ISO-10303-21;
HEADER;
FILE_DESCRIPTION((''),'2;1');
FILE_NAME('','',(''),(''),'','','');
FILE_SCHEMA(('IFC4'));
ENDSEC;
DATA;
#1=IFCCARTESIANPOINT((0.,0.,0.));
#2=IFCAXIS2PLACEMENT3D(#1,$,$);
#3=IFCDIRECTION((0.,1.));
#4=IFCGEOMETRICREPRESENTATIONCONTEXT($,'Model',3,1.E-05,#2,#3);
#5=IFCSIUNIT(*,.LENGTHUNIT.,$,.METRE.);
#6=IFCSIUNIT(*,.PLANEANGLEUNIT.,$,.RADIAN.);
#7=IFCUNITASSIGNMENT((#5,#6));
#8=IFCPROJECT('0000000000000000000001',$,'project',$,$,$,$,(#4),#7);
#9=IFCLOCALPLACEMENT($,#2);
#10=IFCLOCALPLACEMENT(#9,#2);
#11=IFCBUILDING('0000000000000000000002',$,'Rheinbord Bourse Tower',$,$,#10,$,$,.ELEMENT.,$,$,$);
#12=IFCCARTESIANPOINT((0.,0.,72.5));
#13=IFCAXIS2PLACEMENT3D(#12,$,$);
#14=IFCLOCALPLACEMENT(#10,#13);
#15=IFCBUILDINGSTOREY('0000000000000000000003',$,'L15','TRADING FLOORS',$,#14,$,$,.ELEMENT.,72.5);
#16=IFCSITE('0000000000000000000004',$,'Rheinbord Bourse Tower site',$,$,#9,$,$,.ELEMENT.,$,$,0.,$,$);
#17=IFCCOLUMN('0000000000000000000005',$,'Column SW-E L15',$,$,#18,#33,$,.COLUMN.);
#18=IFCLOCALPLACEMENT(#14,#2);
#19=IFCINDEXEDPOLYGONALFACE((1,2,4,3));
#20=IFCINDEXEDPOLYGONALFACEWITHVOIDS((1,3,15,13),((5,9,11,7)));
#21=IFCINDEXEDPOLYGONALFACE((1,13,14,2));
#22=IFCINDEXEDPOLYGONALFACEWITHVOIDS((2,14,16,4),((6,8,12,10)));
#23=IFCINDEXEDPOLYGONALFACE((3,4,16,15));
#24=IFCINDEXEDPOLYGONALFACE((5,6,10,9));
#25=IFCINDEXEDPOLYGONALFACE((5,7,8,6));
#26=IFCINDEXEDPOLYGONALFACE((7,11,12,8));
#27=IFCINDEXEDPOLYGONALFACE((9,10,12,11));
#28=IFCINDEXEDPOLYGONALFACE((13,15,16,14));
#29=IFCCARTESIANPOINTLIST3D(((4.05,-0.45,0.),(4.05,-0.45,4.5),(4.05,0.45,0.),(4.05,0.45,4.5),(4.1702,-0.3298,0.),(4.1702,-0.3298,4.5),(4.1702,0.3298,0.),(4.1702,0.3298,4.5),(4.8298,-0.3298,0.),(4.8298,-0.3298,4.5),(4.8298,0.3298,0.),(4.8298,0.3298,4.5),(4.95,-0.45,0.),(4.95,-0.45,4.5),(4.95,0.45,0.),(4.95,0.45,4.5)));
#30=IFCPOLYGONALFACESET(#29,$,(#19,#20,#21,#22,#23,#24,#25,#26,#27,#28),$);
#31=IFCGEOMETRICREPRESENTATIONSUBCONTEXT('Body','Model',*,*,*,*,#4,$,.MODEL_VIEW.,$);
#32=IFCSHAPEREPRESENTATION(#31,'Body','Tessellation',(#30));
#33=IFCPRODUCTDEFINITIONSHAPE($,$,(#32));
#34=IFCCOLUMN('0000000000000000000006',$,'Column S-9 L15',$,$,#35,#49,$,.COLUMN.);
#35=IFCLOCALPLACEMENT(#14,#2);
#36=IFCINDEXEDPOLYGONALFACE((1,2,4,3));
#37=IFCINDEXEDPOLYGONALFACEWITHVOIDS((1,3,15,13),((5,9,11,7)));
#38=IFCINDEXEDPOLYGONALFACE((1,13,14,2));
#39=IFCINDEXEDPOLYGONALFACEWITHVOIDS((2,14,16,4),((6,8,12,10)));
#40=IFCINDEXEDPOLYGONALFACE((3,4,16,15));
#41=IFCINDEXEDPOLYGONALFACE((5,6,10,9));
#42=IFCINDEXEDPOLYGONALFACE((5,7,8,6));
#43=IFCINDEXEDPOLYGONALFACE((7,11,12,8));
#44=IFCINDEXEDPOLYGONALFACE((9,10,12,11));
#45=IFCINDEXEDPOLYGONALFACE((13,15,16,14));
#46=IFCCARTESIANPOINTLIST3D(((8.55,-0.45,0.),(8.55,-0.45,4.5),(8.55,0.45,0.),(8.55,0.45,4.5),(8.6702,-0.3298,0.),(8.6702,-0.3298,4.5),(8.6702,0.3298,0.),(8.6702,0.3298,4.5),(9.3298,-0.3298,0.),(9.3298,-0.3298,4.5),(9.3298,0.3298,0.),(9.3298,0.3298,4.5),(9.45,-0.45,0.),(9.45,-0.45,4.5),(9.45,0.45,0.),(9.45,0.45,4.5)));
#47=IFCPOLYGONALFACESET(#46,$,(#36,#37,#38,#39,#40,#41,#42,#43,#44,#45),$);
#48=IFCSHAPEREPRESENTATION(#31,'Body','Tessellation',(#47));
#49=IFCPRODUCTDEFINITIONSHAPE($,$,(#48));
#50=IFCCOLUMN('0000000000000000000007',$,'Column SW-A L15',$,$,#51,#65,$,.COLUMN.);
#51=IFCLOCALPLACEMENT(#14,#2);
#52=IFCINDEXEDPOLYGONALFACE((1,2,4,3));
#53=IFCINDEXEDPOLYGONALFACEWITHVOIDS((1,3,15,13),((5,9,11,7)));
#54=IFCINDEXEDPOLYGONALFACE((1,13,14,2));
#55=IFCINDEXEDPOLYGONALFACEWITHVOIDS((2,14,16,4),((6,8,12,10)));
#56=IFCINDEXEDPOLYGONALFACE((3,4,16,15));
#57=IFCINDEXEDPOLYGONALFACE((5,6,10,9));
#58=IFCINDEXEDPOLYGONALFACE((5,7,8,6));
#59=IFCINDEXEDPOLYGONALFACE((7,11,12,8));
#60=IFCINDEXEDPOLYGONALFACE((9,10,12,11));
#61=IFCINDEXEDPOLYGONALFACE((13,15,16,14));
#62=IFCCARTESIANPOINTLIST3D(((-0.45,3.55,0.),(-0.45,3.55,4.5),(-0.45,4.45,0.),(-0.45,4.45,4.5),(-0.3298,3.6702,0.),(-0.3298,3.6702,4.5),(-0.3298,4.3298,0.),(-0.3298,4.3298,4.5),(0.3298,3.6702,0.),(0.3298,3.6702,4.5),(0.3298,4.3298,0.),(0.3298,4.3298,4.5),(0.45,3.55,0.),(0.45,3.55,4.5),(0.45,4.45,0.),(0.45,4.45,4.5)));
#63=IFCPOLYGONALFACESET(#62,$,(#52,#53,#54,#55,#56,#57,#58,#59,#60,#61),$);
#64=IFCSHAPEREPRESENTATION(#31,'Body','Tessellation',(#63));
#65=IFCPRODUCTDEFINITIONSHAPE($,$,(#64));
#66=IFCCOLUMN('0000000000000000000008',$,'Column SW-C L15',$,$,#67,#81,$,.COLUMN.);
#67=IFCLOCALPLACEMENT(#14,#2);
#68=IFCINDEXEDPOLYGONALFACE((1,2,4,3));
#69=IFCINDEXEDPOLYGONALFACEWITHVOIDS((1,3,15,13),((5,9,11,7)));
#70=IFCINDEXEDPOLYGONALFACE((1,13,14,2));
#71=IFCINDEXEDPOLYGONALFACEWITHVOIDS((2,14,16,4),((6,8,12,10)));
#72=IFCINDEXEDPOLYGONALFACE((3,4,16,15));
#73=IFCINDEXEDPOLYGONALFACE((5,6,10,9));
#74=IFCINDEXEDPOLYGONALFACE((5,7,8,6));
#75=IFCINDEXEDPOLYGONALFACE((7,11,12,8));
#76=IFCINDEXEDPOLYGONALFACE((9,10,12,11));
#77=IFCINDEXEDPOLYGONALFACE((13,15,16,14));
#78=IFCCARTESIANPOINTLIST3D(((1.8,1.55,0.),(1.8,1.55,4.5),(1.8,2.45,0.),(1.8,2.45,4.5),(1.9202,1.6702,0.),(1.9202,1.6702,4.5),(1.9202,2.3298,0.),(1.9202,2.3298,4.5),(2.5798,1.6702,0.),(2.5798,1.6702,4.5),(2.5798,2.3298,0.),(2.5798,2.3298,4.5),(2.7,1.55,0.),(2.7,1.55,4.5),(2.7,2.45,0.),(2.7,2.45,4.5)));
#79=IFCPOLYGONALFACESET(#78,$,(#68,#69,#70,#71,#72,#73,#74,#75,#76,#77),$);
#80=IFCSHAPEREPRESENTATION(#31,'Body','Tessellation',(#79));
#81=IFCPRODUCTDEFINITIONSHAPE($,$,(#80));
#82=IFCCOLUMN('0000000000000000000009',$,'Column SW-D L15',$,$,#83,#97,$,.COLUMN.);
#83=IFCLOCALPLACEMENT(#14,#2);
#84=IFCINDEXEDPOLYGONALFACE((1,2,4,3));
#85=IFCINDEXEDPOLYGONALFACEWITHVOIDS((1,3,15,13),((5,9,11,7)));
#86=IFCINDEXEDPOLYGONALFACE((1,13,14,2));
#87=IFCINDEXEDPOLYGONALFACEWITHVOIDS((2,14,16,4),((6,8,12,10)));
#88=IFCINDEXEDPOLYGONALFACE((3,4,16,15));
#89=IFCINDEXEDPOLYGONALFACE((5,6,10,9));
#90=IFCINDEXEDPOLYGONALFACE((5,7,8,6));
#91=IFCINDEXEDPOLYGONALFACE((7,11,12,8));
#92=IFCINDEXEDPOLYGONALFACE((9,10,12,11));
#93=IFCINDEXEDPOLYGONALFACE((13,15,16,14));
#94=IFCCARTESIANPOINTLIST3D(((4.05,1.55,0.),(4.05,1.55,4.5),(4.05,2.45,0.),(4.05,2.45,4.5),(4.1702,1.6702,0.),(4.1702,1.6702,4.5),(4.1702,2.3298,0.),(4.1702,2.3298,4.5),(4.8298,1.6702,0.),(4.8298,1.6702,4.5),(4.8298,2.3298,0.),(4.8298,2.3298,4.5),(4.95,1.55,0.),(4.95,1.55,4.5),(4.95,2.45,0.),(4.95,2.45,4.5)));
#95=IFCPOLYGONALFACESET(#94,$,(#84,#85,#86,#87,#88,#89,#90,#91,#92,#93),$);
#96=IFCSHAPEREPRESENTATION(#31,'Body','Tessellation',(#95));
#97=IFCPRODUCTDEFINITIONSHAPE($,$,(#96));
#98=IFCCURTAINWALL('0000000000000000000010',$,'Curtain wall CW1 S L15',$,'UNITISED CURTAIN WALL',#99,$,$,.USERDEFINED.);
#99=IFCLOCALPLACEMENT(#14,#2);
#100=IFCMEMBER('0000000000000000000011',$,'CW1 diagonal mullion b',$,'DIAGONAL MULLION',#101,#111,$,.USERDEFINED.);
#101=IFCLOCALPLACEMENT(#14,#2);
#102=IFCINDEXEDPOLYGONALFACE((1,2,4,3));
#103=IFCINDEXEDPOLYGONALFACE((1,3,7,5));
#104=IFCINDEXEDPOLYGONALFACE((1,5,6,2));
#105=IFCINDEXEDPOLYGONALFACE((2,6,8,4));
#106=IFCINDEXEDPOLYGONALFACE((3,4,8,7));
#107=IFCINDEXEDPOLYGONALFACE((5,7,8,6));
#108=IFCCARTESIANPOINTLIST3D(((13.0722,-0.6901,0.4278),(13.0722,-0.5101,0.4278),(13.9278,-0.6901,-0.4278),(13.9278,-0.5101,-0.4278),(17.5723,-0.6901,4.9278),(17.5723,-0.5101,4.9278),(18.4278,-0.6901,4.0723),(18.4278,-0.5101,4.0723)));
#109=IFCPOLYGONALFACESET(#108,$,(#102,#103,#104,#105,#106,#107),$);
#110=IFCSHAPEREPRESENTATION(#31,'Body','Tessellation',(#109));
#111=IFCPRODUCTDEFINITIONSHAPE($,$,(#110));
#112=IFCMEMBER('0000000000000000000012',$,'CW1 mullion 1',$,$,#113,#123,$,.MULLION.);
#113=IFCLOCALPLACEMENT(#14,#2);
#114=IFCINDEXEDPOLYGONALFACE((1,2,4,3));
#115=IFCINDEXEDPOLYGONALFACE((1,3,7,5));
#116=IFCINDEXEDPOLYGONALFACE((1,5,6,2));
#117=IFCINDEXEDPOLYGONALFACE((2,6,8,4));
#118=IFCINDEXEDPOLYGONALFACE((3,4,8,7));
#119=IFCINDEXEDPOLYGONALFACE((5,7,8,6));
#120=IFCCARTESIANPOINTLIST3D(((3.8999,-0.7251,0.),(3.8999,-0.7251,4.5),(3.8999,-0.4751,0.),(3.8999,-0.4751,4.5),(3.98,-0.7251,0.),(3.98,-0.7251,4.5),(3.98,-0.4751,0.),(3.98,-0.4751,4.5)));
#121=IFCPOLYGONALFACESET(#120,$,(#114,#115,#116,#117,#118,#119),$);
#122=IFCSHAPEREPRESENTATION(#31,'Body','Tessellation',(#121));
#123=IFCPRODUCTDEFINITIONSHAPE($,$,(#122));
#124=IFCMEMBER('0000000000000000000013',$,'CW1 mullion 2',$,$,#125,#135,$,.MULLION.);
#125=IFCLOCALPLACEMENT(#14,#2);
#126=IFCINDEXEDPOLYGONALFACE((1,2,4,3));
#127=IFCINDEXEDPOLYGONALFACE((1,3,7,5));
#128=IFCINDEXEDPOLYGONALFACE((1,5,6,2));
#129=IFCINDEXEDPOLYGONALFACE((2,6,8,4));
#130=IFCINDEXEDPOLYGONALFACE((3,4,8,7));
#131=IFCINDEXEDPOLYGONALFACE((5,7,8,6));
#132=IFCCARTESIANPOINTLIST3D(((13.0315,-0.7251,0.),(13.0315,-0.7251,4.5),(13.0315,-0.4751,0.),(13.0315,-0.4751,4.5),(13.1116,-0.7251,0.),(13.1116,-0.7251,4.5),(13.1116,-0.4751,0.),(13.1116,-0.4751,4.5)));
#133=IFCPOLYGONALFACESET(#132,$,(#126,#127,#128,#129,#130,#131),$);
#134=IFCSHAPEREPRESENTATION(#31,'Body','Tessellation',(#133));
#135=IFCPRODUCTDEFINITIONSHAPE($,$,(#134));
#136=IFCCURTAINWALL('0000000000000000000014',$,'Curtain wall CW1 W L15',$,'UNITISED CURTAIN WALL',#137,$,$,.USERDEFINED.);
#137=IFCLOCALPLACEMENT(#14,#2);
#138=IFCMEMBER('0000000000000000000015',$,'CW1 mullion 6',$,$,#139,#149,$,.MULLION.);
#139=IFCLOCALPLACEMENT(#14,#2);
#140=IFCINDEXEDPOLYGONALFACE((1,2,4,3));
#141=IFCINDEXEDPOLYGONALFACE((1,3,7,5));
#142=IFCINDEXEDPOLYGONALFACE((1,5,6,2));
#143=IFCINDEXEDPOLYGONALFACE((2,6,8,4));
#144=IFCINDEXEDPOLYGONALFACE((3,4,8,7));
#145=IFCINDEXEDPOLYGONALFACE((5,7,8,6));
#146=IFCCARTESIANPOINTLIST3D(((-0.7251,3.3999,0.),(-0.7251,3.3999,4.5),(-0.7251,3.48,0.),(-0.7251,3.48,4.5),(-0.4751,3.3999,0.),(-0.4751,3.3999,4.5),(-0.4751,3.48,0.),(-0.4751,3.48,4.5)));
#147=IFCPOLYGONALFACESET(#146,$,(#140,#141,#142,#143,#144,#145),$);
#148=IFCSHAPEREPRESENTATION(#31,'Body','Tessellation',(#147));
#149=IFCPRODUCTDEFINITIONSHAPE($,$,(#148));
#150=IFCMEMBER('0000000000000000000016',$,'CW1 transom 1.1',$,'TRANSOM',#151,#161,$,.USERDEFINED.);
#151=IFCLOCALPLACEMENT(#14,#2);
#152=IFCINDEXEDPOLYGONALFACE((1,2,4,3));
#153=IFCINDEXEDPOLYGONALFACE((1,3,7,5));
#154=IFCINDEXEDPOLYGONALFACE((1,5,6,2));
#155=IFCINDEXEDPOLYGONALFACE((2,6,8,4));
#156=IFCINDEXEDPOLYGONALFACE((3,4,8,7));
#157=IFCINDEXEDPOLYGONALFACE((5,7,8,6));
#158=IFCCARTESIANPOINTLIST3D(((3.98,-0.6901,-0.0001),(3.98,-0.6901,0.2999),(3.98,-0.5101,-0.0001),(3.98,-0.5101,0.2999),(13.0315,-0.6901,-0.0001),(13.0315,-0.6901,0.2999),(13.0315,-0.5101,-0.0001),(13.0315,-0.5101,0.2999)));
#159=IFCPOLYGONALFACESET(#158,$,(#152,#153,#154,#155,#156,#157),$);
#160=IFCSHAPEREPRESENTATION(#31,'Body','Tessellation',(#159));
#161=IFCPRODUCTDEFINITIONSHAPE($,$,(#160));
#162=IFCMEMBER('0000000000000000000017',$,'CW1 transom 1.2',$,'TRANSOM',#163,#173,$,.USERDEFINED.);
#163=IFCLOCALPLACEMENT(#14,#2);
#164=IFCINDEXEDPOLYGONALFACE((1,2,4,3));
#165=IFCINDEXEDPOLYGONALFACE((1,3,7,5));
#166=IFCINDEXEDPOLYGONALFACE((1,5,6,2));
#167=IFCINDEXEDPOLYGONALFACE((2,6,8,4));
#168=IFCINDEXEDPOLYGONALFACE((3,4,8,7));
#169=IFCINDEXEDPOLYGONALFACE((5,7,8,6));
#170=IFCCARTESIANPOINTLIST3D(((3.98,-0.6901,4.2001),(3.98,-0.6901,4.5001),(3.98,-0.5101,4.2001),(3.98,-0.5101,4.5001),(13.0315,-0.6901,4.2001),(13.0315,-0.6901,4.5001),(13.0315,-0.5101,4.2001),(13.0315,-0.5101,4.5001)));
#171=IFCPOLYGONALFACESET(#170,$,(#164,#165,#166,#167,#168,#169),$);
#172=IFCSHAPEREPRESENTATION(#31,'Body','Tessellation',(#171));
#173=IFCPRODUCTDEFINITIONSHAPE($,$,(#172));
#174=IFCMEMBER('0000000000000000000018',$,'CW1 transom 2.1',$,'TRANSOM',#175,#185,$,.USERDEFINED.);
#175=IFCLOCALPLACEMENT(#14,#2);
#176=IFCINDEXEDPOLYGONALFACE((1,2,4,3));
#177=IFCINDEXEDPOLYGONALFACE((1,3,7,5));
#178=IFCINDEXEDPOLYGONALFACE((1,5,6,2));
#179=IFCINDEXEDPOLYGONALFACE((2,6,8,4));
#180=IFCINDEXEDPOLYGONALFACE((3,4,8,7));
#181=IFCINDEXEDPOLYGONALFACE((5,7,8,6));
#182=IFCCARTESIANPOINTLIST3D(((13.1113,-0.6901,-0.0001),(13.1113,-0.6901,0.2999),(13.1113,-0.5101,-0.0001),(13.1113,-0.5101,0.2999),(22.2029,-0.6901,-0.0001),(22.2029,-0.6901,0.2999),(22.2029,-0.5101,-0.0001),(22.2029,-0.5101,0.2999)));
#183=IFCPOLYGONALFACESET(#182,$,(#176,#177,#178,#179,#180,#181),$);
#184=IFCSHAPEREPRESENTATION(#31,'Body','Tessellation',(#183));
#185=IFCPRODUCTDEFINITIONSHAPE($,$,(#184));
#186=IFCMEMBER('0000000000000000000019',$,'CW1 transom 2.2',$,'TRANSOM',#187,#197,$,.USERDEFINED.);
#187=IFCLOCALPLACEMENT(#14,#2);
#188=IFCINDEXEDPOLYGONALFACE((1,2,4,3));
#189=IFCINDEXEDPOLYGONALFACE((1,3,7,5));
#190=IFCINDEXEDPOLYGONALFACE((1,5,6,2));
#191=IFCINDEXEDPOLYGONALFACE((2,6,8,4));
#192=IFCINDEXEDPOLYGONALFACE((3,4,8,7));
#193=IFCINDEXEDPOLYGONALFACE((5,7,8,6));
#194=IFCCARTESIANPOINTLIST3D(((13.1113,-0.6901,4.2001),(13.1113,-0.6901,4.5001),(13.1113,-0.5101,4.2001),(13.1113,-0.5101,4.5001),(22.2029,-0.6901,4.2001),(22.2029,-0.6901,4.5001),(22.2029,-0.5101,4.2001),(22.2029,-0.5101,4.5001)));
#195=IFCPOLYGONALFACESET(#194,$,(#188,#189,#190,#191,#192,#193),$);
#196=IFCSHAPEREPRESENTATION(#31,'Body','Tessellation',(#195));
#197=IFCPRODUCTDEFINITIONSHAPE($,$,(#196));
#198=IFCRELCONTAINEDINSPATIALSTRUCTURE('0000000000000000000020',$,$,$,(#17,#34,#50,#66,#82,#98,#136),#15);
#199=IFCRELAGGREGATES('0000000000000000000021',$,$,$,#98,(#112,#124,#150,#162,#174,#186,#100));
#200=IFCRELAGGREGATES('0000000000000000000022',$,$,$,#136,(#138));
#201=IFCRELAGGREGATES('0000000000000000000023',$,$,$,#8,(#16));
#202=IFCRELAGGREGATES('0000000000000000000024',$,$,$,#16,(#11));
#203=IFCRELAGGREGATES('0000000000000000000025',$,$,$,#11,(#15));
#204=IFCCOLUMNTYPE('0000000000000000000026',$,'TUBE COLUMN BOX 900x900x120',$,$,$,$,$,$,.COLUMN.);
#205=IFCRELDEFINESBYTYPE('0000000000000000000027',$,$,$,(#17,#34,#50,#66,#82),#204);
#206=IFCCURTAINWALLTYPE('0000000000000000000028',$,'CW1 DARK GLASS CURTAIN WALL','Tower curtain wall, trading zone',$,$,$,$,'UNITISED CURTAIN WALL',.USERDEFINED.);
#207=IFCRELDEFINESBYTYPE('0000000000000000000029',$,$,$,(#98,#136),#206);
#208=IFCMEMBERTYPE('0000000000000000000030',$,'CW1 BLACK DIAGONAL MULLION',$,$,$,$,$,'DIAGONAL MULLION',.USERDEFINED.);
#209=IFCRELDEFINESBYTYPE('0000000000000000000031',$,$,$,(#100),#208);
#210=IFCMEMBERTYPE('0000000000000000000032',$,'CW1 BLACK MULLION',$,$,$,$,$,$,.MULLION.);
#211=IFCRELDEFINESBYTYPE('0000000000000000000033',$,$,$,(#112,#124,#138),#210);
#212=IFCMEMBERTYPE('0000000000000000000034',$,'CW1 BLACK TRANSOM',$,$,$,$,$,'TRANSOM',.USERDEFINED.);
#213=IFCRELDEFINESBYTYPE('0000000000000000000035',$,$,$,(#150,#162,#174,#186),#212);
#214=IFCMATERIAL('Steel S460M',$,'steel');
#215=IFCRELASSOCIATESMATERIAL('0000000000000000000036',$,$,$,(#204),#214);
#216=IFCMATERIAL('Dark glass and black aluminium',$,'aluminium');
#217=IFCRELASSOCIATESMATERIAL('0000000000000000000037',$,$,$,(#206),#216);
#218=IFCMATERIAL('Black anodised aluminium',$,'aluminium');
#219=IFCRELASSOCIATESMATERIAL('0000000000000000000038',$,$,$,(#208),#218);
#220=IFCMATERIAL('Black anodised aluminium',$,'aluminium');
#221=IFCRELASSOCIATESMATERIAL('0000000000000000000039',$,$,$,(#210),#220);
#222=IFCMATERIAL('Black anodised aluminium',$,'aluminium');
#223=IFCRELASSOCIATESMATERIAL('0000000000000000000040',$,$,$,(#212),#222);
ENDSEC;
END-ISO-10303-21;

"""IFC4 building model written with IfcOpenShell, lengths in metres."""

from ifc_helpers import new_model, si_unit, direction, frame, origin, origin_2d, place, context, subcontext, project, spatial, rectangle, hollow_rectangle, extrude, material, material_profile, profile_set, type_object, element, aggregate, save


model = new_model("IFC4")

# Units and contexts
model_context = context("Model", 3, precision=1e-05, world=origin(), true_north=direction((0.0, 1.0)))
body_context = subcontext(model_context, "Body", "Model", "MODEL_VIEW")
ifc_project = project(units=[si_unit("LENGTHUNIT", "METRE"), si_unit("PLANEANGLEUNIT", "RADIAN")], contexts=[model_context])

# Site, building, storey
site_placement = place(None, origin())
site = spatial("IfcSite", under=ifc_project, at=site_placement, Name="Rheinbord Bourse Tower site", CompositionType="ELEMENT", RefElevation=0.0)
building_placement = place(site_placement, origin())
building = spatial("IfcBuilding", under=site, at=building_placement, Name="Rheinbord Bourse Tower", CompositionType="ELEMENT")
storey_placement = place(building_placement, frame((0.0, 0.0, 72.5)))
storey = spatial("IfcBuildingStorey", under=building, at=storey_placement, Name="L15", Description="TRADING FLOORS", CompositionType="ELEMENT", Elevation=72.5)

# Columns
ifc_material_1 = material(Name="Steel S460M", Category="steel")
ifc_material_profile_1 = material_profile(ifc_material_1, hollow_rectangle(XDim=0.8999, YDim=0.8999, WallThickness=0.1201, at=origin_2d()), Name="BOX 900x900x120")
ifc_profile_set_1 = profile_set([ifc_material_profile_1], Name="Steel S460M")
column_type = type_object("IfcColumnType", Name="TUBE COLUMN BOX 900x900x120", PredefinedType="COLUMN", material=ifc_profile_set_1)
for number, where, z_axis, x_axis, name in (
    (1, (4.5, 0.0, 0.0), (0.0, 0.0, 1.0), (0.0, 1.0, 0.0), "Column SW-E L15"),
    (2, (9.0, 0.0, 0.0), (0.0, 0.0, 1.0), (0.0, 1.0, 0.0), "Column S-9 L15"),
    (3, (0.0, 4.0, 0.0), (0.0, 0.0, 1.0), (1.0, 0.0, 0.0), "Column SW-A L15"),
    (4, (2.25, 2.0, 0.0), (0.0, 0.0, 1.0), (1.0, 0.0, 0.0), "Column SW-C L15"),
    (5, (4.5, 2.0, 0.0), (0.0, 0.0, 1.0), (0.0, 1.0, 0.0), "Column SW-D L15"),
):
    element("IfcColumn", number, at=place(storey_placement, frame(where, z_axis=z_axis, x_axis=x_axis)), inside=storey, type_object=column_type, Name=name, PredefinedType="COLUMN", context=body_context, shape_type="SweptSolid", body=[
        extrude(hollow_rectangle(XDim=0.8999, YDim=0.8999, WallThickness=0.1201, at=origin_2d()), origin(), (0.0, 0.0, 1.0), 4.5),
    ])

# Curtain wall, members
ifc_material_2 = material(Name="Dark glass and black aluminium", Category="aluminium")
curtain_wall_type = type_object("IfcCurtainWallType", Name="CW1 DARK GLASS CURTAIN WALL", Description="Tower curtain wall, trading zone", ElementType="UNITISED CURTAIN WALL", PredefinedType="USERDEFINED", material=ifc_material_2)
curtain_wall_1_placement = place(storey_placement, origin())
curtain_wall_1 = element("IfcCurtainWall", 6, at=curtain_wall_1_placement, inside=storey, type_object=curtain_wall_type, Name="Curtain wall CW1 S L15", ObjectType="UNITISED CURTAIN WALL", PredefinedType="USERDEFINED")
ifc_material_3 = material(Name="Black anodised aluminium", Category="aluminium")
ifc_material_profile_2 = material_profile(ifc_material_3, rectangle(XDim=0.1799, YDim=1.21, at=origin_2d()), Name="CW1 DIAGONAL MULLION 1210x180")
ifc_profile_set_2 = profile_set([ifc_material_profile_2], Name="Black anodised aluminium")
member_type_1 = type_object("IfcMemberType", Name="CW1 BLACK DIAGONAL MULLION", ElementType="DIAGONAL MULLION", PredefinedType="USERDEFINED", material=ifc_profile_set_2)
member_1_placement = place(storey_placement, frame((13.5, -0.6001, 0.0), z_axis=(0.707107, 0.0, 0.707107), x_axis=(0.0, 1.0, 0.0)))
member_1 = element("IfcMember", 7, at=member_1_placement, type_object=member_type_1, Name="CW1 diagonal mullion b", ObjectType="DIAGONAL MULLION", PredefinedType="USERDEFINED", context=body_context, shape_type="SweptSolid", body=[
    extrude(rectangle(XDim=0.1799, YDim=1.21, at=origin_2d()), origin(), (0.0, 0.0, 1.0), 6.364),
])
ifc_material_4 = material(Name="Black anodised aluminium", Category="aluminium")
ifc_material_profile_3 = material_profile(ifc_material_4, rectangle(XDim=0.25, YDim=0.0801, at=origin_2d()), Name="CW1 MULLION 80x250")
ifc_profile_set_3 = profile_set([ifc_material_profile_3], Name="Black anodised aluminium")
member_type_2 = type_object("IfcMemberType", Name="CW1 BLACK MULLION", PredefinedType="MULLION", material=ifc_profile_set_3)
member_2_placement = place(storey_placement, frame((3.9399, -0.6001, 0.0), z_axis=(0.0, 0.0, 1.0), x_axis=(0.0, 1.0, 0.0)))
member_2 = element("IfcMember", 8, at=member_2_placement, type_object=member_type_2, Name="CW1 mullion 1", PredefinedType="MULLION", context=body_context, shape_type="SweptSolid", body=[
    extrude(rectangle(XDim=0.25, YDim=0.0801, at=origin_2d()), origin(), (0.0, 0.0, 1.0), 4.5),
])
member_3_placement = place(storey_placement, frame((13.0715, -0.6001, 0.0), z_axis=(0.0, 0.0, 1.0), x_axis=(0.0, 1.0, 0.0)))
member_3 = element("IfcMember", 9, at=member_3_placement, type_object=member_type_2, Name="CW1 mullion 2", PredefinedType="MULLION", context=body_context, shape_type="SweptSolid", body=[
    extrude(rectangle(XDim=0.25, YDim=0.0801, at=origin_2d()), origin(), (0.0, 0.0, 1.0), 4.5),
])

# Curtain wall, member
curtain_wall_2_placement = place(storey_placement, origin())
curtain_wall_2 = element("IfcCurtainWall", 10, at=curtain_wall_2_placement, inside=storey, type_object=curtain_wall_type, Name="Curtain wall CW1 W L15", ObjectType="UNITISED CURTAIN WALL", PredefinedType="USERDEFINED")
member_4_placement = place(storey_placement, frame((-0.6001, 3.4399, 0.0), z_axis=(0.0, 0.0, 1.0), x_axis=(1.0, 0.0, 0.0)))
member_4 = element("IfcMember", 11, at=member_4_placement, type_object=member_type_2, Name="CW1 mullion 6", PredefinedType="MULLION", context=body_context, shape_type="SweptSolid", body=[
    extrude(rectangle(XDim=0.25, YDim=0.0801, at=origin_2d()), origin(), (0.0, 0.0, 1.0), 4.5),
])

# Members
ifc_material_5 = material(Name="Black anodised aluminium", Category="aluminium")
ifc_material_profile_4 = material_profile(ifc_material_5, rectangle(XDim=0.1799, YDim=0.3, at=origin_2d()), Name="CW1 TRANSOM 300x180")
ifc_profile_set_4 = profile_set([ifc_material_profile_4], Name="Black anodised aluminium")
member_type_3 = type_object("IfcMemberType", Name="CW1 BLACK TRANSOM", ElementType="TRANSOM", PredefinedType="USERDEFINED", material=ifc_profile_set_4)
member_5_placement = place(storey_placement, frame((3.98, -0.6001, 0.1499), z_axis=(1.0, 0.0, 0.0), x_axis=(0.0, 1.0, 0.0)))
member_5 = element("IfcMember", 12, at=member_5_placement, type_object=member_type_3, Name="CW1 transom 1.1", ObjectType="TRANSOM", PredefinedType="USERDEFINED", context=body_context, shape_type="SweptSolid", body=[
    extrude(rectangle(XDim=0.1799, YDim=0.3, at=origin_2d()), origin(), (0.0, 0.0, 1.0), 9.0515),
])
member_6_placement = place(storey_placement, frame((3.98, -0.6001, 4.3501), z_axis=(1.0, 0.0, 0.0), x_axis=(0.0, 1.0, 0.0)))
member_6 = element("IfcMember", 13, at=member_6_placement, type_object=member_type_3, Name="CW1 transom 1.2", ObjectType="TRANSOM", PredefinedType="USERDEFINED", context=body_context, shape_type="SweptSolid", body=[
    extrude(rectangle(XDim=0.1799, YDim=0.3, at=origin_2d()), origin(), (0.0, 0.0, 1.0), 9.0515),
])
member_7_placement = place(storey_placement, frame((13.1113, -0.6001, 0.1499), z_axis=(1.0, 0.0, 0.0), x_axis=(0.0, 1.0, 0.0)))
member_7 = element("IfcMember", 14, at=member_7_placement, type_object=member_type_3, Name="CW1 transom 2.1", ObjectType="TRANSOM", PredefinedType="USERDEFINED", context=body_context, shape_type="SweptSolid", body=[
    extrude(rectangle(XDim=0.1799, YDim=0.3, at=origin_2d()), origin(), (0.0, 0.0, 1.0), 9.0916),
])
member_8_placement = place(storey_placement, frame((13.1113, -0.6001, 4.3501), z_axis=(1.0, 0.0, 0.0), x_axis=(0.0, 1.0, 0.0)))
member_8 = element("IfcMember", 15, at=member_8_placement, type_object=member_type_3, Name="CW1 transom 2.2", ObjectType="TRANSOM", PredefinedType="USERDEFINED", context=body_context, shape_type="SweptSolid", body=[
    extrude(rectangle(XDim=0.1799, YDim=0.3, at=origin_2d()), origin(), (0.0, 0.0, 1.0), 9.0916),
])

aggregate(curtain_wall_1, [member_2, member_3, member_5, member_6, member_7, member_8, member_1])
aggregate(curtain_wall_2, [member_4])

save(model, "model.ifc")
